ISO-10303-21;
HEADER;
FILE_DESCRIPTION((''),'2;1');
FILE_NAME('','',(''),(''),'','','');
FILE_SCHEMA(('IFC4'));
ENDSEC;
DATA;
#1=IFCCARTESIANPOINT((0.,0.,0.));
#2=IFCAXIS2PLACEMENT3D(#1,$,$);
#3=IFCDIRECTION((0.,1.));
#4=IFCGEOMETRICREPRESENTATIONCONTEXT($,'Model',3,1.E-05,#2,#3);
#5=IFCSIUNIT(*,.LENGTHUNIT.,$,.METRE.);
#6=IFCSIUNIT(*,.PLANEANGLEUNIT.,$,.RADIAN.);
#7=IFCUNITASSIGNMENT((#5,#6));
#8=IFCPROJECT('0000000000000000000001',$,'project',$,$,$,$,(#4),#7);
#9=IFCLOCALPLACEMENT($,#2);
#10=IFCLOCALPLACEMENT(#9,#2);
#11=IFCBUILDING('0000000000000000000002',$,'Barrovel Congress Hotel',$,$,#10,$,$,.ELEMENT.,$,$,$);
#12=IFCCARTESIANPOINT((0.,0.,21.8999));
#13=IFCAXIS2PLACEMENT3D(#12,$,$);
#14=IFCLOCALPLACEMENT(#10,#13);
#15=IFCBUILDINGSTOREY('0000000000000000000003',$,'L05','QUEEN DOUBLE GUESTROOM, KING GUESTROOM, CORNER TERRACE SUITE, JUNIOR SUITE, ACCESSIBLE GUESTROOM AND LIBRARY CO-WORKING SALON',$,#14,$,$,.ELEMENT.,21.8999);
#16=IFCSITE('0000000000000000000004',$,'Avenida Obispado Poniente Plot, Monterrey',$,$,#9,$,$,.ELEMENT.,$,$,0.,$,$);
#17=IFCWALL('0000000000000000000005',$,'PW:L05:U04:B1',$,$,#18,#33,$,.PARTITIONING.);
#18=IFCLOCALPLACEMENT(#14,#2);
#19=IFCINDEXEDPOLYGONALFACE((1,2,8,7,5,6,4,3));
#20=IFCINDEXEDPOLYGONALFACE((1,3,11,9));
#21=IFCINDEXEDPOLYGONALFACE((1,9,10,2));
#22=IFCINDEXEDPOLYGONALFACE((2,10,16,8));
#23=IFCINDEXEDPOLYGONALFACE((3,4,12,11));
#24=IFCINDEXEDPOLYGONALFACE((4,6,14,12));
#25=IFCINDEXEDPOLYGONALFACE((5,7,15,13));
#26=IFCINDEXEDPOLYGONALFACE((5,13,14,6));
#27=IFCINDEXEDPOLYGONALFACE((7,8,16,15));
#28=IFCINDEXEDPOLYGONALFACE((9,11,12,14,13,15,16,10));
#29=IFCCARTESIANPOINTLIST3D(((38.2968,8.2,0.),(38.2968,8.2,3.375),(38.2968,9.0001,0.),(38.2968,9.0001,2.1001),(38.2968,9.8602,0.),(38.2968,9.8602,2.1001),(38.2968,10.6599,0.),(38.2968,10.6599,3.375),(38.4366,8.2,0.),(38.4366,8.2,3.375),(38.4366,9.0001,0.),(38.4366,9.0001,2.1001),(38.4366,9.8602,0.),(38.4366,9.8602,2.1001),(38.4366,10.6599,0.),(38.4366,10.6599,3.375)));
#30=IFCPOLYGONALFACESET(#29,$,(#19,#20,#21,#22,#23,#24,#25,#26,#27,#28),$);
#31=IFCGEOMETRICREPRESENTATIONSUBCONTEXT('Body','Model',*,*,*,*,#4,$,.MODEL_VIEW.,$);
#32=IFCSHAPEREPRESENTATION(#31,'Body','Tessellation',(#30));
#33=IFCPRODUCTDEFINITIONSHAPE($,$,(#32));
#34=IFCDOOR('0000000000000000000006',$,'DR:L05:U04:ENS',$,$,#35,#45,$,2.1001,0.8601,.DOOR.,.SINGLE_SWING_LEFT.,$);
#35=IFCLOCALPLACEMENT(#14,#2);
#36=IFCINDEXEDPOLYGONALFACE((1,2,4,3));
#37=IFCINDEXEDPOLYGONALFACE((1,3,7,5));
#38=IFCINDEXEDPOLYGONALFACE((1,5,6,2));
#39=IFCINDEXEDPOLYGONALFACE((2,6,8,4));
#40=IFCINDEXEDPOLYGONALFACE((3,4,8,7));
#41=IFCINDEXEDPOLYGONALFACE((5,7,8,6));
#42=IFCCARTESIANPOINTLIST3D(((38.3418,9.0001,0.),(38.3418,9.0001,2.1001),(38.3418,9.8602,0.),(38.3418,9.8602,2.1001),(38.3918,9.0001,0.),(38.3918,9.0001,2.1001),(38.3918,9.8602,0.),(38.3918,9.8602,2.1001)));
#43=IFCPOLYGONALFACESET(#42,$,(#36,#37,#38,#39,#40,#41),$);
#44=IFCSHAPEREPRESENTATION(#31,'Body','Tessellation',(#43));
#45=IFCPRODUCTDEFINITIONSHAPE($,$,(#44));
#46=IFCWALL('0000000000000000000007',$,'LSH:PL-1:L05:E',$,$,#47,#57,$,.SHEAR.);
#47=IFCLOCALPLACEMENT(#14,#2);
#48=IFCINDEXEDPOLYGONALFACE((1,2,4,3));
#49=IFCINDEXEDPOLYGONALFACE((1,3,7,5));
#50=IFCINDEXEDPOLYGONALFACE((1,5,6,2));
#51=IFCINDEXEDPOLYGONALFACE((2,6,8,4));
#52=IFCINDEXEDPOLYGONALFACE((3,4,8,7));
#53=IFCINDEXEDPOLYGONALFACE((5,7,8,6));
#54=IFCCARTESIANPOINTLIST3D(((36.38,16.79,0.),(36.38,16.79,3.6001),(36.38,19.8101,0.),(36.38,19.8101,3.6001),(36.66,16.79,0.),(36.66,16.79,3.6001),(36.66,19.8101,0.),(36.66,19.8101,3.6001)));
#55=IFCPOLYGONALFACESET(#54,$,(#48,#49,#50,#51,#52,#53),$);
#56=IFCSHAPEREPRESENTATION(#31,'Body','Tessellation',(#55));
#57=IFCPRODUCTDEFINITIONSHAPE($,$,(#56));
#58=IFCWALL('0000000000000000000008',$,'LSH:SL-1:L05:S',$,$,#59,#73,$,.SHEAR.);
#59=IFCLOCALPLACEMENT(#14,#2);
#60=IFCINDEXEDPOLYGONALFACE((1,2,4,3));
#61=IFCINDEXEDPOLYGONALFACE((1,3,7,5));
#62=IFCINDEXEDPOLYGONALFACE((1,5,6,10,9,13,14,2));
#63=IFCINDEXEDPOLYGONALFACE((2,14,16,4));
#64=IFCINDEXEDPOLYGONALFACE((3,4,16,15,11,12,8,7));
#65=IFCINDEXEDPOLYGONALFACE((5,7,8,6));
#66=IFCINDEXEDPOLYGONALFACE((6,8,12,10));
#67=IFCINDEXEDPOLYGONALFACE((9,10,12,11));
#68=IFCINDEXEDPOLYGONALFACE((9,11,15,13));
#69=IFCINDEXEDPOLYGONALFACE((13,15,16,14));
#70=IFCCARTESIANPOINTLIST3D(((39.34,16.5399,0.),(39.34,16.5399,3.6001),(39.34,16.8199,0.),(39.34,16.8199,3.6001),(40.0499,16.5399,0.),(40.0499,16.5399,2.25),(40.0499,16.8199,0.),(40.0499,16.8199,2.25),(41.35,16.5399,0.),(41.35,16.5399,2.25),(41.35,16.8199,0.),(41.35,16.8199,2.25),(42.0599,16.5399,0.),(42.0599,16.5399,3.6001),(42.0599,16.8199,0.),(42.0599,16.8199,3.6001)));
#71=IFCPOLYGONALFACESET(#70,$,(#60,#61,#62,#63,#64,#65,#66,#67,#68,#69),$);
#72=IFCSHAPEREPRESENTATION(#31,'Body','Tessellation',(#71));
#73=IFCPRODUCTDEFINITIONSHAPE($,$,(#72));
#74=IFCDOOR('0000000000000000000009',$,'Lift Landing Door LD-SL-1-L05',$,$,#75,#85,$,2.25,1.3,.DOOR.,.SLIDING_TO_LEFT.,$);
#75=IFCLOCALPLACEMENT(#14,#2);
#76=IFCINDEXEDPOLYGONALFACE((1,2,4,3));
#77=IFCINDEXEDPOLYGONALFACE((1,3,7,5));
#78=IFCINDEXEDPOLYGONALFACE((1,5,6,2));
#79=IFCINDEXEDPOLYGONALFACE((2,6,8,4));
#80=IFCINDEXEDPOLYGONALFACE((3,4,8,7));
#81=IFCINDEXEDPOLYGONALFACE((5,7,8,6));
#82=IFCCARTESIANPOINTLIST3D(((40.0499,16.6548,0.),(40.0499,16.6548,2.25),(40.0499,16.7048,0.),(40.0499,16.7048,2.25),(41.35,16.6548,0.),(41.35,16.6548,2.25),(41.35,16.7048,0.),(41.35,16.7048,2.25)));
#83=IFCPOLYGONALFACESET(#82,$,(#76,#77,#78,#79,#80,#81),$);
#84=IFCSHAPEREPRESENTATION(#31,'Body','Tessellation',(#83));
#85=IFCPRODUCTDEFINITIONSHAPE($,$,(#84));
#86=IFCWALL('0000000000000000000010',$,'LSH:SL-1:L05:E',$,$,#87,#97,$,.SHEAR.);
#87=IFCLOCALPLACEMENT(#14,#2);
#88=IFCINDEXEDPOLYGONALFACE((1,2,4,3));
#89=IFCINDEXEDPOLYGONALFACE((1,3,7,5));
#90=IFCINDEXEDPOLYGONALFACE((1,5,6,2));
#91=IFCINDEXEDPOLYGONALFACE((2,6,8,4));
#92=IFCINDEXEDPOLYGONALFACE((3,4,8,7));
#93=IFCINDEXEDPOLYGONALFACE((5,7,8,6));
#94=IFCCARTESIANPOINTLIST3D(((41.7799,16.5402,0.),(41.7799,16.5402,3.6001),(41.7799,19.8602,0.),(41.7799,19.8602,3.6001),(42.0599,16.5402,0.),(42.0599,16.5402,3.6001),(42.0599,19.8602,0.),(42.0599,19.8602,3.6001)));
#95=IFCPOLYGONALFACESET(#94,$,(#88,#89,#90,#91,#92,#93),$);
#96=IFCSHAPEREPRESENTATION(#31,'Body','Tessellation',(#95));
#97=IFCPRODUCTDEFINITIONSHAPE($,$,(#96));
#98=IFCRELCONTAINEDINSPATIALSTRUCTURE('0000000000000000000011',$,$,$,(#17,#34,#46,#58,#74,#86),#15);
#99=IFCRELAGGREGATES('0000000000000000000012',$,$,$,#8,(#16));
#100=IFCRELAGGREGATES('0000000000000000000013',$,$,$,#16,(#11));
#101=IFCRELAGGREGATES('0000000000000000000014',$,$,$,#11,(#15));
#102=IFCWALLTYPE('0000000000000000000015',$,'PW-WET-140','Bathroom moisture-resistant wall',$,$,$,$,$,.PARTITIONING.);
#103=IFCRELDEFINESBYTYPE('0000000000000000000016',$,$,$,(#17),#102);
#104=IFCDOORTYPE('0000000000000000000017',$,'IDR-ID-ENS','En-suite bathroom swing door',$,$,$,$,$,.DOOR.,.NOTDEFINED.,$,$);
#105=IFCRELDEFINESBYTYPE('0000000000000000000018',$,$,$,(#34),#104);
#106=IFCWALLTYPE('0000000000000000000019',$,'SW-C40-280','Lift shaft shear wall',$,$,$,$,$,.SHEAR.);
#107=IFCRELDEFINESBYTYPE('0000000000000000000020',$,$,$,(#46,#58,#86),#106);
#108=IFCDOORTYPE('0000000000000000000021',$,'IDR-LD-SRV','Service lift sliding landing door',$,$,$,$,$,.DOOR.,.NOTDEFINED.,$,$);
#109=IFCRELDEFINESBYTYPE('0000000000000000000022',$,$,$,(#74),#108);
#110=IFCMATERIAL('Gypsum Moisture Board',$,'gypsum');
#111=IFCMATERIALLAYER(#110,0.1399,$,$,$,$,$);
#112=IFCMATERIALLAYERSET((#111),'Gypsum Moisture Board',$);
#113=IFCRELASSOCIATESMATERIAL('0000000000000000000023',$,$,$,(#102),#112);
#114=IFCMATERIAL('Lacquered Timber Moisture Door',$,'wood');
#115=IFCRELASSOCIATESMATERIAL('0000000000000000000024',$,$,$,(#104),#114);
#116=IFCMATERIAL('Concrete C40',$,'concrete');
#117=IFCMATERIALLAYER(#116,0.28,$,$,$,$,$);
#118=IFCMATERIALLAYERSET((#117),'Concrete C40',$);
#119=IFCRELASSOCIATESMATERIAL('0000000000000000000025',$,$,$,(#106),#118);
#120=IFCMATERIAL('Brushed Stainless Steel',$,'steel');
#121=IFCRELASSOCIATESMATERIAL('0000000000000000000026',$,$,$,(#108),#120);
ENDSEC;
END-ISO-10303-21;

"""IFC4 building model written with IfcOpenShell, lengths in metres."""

from ifc_helpers import new_model, si_unit, direction, frame, frame_2d, origin, place, context, subcontext, project, spatial, rectangle, extrude, material, layer, layer_set, type_object, element, fill, save


model = new_model("IFC4")

# Units and contexts
model_context = context("Model", 3, precision=1e-05, world=origin(), true_north=direction((0.0, 1.0)))
body_context = subcontext(model_context, "Body", "Model", "MODEL_VIEW")
ifc_project = project(units=[si_unit("LENGTHUNIT", "METRE"), si_unit("PLANEANGLEUNIT", "RADIAN")], contexts=[model_context])

# Site, building, storey
site_placement = place(None, origin())
site = spatial("IfcSite", under=ifc_project, at=site_placement, Name="Avenida Obispado Poniente Plot, Monterrey", CompositionType="ELEMENT", RefElevation=0.0)
building_placement = place(site_placement, origin())
building = spatial("IfcBuilding", under=site, at=building_placement, Name="Barrovel Congress Hotel", CompositionType="ELEMENT")
storey_placement = place(building_placement, frame((0.0, 0.0, 21.8999)))
storey = spatial("IfcBuildingStorey", under=building, at=storey_placement, Name="L05", Description="QUEEN DOUBLE GUESTROOM, KING GUESTROOM, CORNER TERRACE SUITE, JUNIOR SUITE, ACCESSIBLE GUESTROOM AND LIBRARY CO-WORKING SALON", CompositionType="ELEMENT", Elevation=21.8999)

# Shared definitions
ifc_material_1 = material(Name="Concrete C40", Category="concrete")

# Wall, opening, door
ifc_material_2 = material(Name="Gypsum Moisture Board", Category="gypsum")
ifc_layer_1 = layer(ifc_material_2, 0.1399)
ifc_layer_set_1 = layer_set([ifc_layer_1], Name="Gypsum Moisture Board")
wall_type_1 = type_object("IfcWallType", Name="PW-WET-140", Description="Bathroom moisture-resistant wall", PredefinedType="PARTITIONING", material=ifc_layer_set_1)
wall_1_placement = place(storey_placement, frame((38.3667, 8.2, 0.0), z_axis=(0.0, 0.0, 1.0), x_axis=(0.0, 1.0, 0.0)))
wall_1 = element("IfcWall", 1, at=wall_1_placement, inside=storey, type_object=wall_type_1, Name="PW:L05:U04:B1", PredefinedType="PARTITIONING", context=body_context, shape_type="SweptSolid", body=[
    extrude(rectangle(XDim=2.46, YDim=0.1399, at=frame_2d((1.23, 0.0))), origin(), (0.0, 0.0, 1.0), 3.375),
])
opening_1_placement = place(wall_1_placement, frame((0.8, 0.0, 0.0)))
opening_1 = element("IfcOpeningElement", 2, at=opening_1_placement, cuts=wall_1, PredefinedType="OPENING", context=body_context, shape_type="SweptSolid", body=[
    extrude(rectangle(XDim=0.8601, YDim=2.1001, at=frame_2d((0.4302, 1.05))), frame((0.0, 0.0801, 0.0), z_axis=(0.0, -1.0, 0.0), x_axis=(1.0, 0.0, 0.0)), (0.0, 0.0, 1.0), 0.1599),
])
ifc_material_3 = material(Name="Lacquered Timber Moisture Door", Category="wood")
door_type_1 = type_object("IfcDoorType", Name="IDR-ID-ENS", Description="En-suite bathroom swing door", OperationType="NOTDEFINED", PredefinedType="DOOR", material=ifc_material_3)
door_1_placement = place(opening_1_placement, origin())
door_1 = element("IfcDoor", 3, at=door_1_placement, inside=storey, type_object=door_type_1, Name="DR:L05:U04:ENS", OperationType="SINGLE_SWING_LEFT", OverallHeight=2.1001, OverallWidth=0.8601, PredefinedType="DOOR", context=body_context, shape_type="SweptSolid", body=[
    extrude(rectangle(XDim=0.8601, YDim=2.1001, at=frame_2d((0.4302, 1.05))), frame((0.0, 0.0249, 0.0), z_axis=(0.0, -1.0, 0.0), x_axis=(1.0, 0.0, 0.0)), (0.0, 0.0, 1.0), 0.05),
])
fill(opening_1, door_1)

# Wall
ifc_layer_2 = layer(ifc_material_1, 0.28)
ifc_layer_set_2 = layer_set([ifc_layer_2], Name="Concrete C40")
wall_type_2 = type_object("IfcWallType", Name="SW-C40-280", Description="Lift shaft shear wall", PredefinedType="SHEAR", material=ifc_layer_set_2)
wall_2_placement = place(storey_placement, frame((36.52, 16.79, 0.0), z_axis=(0.0, 0.0, 1.0), x_axis=(0.0, 1.0, 0.0)))
element("IfcWall", 4, at=wall_2_placement, inside=storey, type_object=wall_type_2, Name="LSH:PL-1:L05:E", PredefinedType="SHEAR", context=body_context, shape_type="SweptSolid", body=[
    extrude(rectangle(XDim=3.02, YDim=0.28, at=frame_2d((1.51, 0.0))), origin(), (0.0, 0.0, 1.0), 3.6001),
])

# Wall, opening, door
wall_3_placement = place(storey_placement, frame((39.3401, 16.6799, 0.0), z_axis=(0.0, 0.0, 1.0), x_axis=(1.0, 0.0, 0.0)))
wall_3 = element("IfcWall", 5, at=wall_3_placement, inside=storey, type_object=wall_type_2, Name="LSH:SL-1:L05:S", PredefinedType="SHEAR", context=body_context, shape_type="SweptSolid", body=[
    extrude(rectangle(XDim=2.72, YDim=0.28, at=frame_2d((1.3599, 0.0))), origin(), (0.0, 0.0, 1.0), 3.6001),
])
opening_2_placement = place(wall_3_placement, frame((0.71, 0.0, 0.0)))
opening_2 = element("IfcOpeningElement", 6, at=opening_2_placement, cuts=wall_3, PredefinedType="OPENING", context=body_context, shape_type="SweptSolid", body=[
    extrude(rectangle(XDim=1.3, YDim=2.25, at=frame_2d((0.6499, 1.125))), frame((0.0, 0.1499, 0.0), z_axis=(0.0, -1.0, 0.0), x_axis=(1.0, 0.0, 0.0)), (0.0, 0.0, 1.0), 0.3),
])
ifc_material_4 = material(Name="Brushed Stainless Steel", Category="steel")
door_type_2 = type_object("IfcDoorType", Name="IDR-LD-SRV", Description="Service lift sliding landing door", OperationType="NOTDEFINED", PredefinedType="DOOR", material=ifc_material_4)
door_2_placement = place(opening_2_placement, origin())
door_2 = element("IfcDoor", 7, at=door_2_placement, inside=storey, type_object=door_type_2, Name="Lift Landing Door LD-SL-1-L05", OperationType="SLIDING_TO_LEFT", OverallHeight=2.25, OverallWidth=1.3, PredefinedType="DOOR", context=body_context, shape_type="SweptSolid", body=[
    extrude(rectangle(XDim=1.3, YDim=2.25, at=frame_2d((0.6499, 1.125))), frame((0.0, 0.0249, 0.0), z_axis=(0.0, -1.0, 0.0), x_axis=(1.0, 0.0, 0.0)), (0.0, 0.0, 1.0), 0.05),
])
fill(opening_2, door_2)

# Wall
wall_4_placement = place(storey_placement, frame((41.9199, 16.54, 0.0), z_axis=(0.0, 0.0, 1.0), x_axis=(0.0, 1.0, 0.0)))
element("IfcWall", 8, at=wall_4_placement, inside=storey, type_object=wall_type_2, Name="LSH:SL-1:L05:E", PredefinedType="SHEAR", context=body_context, shape_type="SweptSolid", body=[
    extrude(rectangle(XDim=3.3201, YDim=0.28, at=frame_2d((1.6602, 0.0))), origin(), (0.0, 0.0, 1.0), 3.6001),
])

save(model, "model.ifc")
